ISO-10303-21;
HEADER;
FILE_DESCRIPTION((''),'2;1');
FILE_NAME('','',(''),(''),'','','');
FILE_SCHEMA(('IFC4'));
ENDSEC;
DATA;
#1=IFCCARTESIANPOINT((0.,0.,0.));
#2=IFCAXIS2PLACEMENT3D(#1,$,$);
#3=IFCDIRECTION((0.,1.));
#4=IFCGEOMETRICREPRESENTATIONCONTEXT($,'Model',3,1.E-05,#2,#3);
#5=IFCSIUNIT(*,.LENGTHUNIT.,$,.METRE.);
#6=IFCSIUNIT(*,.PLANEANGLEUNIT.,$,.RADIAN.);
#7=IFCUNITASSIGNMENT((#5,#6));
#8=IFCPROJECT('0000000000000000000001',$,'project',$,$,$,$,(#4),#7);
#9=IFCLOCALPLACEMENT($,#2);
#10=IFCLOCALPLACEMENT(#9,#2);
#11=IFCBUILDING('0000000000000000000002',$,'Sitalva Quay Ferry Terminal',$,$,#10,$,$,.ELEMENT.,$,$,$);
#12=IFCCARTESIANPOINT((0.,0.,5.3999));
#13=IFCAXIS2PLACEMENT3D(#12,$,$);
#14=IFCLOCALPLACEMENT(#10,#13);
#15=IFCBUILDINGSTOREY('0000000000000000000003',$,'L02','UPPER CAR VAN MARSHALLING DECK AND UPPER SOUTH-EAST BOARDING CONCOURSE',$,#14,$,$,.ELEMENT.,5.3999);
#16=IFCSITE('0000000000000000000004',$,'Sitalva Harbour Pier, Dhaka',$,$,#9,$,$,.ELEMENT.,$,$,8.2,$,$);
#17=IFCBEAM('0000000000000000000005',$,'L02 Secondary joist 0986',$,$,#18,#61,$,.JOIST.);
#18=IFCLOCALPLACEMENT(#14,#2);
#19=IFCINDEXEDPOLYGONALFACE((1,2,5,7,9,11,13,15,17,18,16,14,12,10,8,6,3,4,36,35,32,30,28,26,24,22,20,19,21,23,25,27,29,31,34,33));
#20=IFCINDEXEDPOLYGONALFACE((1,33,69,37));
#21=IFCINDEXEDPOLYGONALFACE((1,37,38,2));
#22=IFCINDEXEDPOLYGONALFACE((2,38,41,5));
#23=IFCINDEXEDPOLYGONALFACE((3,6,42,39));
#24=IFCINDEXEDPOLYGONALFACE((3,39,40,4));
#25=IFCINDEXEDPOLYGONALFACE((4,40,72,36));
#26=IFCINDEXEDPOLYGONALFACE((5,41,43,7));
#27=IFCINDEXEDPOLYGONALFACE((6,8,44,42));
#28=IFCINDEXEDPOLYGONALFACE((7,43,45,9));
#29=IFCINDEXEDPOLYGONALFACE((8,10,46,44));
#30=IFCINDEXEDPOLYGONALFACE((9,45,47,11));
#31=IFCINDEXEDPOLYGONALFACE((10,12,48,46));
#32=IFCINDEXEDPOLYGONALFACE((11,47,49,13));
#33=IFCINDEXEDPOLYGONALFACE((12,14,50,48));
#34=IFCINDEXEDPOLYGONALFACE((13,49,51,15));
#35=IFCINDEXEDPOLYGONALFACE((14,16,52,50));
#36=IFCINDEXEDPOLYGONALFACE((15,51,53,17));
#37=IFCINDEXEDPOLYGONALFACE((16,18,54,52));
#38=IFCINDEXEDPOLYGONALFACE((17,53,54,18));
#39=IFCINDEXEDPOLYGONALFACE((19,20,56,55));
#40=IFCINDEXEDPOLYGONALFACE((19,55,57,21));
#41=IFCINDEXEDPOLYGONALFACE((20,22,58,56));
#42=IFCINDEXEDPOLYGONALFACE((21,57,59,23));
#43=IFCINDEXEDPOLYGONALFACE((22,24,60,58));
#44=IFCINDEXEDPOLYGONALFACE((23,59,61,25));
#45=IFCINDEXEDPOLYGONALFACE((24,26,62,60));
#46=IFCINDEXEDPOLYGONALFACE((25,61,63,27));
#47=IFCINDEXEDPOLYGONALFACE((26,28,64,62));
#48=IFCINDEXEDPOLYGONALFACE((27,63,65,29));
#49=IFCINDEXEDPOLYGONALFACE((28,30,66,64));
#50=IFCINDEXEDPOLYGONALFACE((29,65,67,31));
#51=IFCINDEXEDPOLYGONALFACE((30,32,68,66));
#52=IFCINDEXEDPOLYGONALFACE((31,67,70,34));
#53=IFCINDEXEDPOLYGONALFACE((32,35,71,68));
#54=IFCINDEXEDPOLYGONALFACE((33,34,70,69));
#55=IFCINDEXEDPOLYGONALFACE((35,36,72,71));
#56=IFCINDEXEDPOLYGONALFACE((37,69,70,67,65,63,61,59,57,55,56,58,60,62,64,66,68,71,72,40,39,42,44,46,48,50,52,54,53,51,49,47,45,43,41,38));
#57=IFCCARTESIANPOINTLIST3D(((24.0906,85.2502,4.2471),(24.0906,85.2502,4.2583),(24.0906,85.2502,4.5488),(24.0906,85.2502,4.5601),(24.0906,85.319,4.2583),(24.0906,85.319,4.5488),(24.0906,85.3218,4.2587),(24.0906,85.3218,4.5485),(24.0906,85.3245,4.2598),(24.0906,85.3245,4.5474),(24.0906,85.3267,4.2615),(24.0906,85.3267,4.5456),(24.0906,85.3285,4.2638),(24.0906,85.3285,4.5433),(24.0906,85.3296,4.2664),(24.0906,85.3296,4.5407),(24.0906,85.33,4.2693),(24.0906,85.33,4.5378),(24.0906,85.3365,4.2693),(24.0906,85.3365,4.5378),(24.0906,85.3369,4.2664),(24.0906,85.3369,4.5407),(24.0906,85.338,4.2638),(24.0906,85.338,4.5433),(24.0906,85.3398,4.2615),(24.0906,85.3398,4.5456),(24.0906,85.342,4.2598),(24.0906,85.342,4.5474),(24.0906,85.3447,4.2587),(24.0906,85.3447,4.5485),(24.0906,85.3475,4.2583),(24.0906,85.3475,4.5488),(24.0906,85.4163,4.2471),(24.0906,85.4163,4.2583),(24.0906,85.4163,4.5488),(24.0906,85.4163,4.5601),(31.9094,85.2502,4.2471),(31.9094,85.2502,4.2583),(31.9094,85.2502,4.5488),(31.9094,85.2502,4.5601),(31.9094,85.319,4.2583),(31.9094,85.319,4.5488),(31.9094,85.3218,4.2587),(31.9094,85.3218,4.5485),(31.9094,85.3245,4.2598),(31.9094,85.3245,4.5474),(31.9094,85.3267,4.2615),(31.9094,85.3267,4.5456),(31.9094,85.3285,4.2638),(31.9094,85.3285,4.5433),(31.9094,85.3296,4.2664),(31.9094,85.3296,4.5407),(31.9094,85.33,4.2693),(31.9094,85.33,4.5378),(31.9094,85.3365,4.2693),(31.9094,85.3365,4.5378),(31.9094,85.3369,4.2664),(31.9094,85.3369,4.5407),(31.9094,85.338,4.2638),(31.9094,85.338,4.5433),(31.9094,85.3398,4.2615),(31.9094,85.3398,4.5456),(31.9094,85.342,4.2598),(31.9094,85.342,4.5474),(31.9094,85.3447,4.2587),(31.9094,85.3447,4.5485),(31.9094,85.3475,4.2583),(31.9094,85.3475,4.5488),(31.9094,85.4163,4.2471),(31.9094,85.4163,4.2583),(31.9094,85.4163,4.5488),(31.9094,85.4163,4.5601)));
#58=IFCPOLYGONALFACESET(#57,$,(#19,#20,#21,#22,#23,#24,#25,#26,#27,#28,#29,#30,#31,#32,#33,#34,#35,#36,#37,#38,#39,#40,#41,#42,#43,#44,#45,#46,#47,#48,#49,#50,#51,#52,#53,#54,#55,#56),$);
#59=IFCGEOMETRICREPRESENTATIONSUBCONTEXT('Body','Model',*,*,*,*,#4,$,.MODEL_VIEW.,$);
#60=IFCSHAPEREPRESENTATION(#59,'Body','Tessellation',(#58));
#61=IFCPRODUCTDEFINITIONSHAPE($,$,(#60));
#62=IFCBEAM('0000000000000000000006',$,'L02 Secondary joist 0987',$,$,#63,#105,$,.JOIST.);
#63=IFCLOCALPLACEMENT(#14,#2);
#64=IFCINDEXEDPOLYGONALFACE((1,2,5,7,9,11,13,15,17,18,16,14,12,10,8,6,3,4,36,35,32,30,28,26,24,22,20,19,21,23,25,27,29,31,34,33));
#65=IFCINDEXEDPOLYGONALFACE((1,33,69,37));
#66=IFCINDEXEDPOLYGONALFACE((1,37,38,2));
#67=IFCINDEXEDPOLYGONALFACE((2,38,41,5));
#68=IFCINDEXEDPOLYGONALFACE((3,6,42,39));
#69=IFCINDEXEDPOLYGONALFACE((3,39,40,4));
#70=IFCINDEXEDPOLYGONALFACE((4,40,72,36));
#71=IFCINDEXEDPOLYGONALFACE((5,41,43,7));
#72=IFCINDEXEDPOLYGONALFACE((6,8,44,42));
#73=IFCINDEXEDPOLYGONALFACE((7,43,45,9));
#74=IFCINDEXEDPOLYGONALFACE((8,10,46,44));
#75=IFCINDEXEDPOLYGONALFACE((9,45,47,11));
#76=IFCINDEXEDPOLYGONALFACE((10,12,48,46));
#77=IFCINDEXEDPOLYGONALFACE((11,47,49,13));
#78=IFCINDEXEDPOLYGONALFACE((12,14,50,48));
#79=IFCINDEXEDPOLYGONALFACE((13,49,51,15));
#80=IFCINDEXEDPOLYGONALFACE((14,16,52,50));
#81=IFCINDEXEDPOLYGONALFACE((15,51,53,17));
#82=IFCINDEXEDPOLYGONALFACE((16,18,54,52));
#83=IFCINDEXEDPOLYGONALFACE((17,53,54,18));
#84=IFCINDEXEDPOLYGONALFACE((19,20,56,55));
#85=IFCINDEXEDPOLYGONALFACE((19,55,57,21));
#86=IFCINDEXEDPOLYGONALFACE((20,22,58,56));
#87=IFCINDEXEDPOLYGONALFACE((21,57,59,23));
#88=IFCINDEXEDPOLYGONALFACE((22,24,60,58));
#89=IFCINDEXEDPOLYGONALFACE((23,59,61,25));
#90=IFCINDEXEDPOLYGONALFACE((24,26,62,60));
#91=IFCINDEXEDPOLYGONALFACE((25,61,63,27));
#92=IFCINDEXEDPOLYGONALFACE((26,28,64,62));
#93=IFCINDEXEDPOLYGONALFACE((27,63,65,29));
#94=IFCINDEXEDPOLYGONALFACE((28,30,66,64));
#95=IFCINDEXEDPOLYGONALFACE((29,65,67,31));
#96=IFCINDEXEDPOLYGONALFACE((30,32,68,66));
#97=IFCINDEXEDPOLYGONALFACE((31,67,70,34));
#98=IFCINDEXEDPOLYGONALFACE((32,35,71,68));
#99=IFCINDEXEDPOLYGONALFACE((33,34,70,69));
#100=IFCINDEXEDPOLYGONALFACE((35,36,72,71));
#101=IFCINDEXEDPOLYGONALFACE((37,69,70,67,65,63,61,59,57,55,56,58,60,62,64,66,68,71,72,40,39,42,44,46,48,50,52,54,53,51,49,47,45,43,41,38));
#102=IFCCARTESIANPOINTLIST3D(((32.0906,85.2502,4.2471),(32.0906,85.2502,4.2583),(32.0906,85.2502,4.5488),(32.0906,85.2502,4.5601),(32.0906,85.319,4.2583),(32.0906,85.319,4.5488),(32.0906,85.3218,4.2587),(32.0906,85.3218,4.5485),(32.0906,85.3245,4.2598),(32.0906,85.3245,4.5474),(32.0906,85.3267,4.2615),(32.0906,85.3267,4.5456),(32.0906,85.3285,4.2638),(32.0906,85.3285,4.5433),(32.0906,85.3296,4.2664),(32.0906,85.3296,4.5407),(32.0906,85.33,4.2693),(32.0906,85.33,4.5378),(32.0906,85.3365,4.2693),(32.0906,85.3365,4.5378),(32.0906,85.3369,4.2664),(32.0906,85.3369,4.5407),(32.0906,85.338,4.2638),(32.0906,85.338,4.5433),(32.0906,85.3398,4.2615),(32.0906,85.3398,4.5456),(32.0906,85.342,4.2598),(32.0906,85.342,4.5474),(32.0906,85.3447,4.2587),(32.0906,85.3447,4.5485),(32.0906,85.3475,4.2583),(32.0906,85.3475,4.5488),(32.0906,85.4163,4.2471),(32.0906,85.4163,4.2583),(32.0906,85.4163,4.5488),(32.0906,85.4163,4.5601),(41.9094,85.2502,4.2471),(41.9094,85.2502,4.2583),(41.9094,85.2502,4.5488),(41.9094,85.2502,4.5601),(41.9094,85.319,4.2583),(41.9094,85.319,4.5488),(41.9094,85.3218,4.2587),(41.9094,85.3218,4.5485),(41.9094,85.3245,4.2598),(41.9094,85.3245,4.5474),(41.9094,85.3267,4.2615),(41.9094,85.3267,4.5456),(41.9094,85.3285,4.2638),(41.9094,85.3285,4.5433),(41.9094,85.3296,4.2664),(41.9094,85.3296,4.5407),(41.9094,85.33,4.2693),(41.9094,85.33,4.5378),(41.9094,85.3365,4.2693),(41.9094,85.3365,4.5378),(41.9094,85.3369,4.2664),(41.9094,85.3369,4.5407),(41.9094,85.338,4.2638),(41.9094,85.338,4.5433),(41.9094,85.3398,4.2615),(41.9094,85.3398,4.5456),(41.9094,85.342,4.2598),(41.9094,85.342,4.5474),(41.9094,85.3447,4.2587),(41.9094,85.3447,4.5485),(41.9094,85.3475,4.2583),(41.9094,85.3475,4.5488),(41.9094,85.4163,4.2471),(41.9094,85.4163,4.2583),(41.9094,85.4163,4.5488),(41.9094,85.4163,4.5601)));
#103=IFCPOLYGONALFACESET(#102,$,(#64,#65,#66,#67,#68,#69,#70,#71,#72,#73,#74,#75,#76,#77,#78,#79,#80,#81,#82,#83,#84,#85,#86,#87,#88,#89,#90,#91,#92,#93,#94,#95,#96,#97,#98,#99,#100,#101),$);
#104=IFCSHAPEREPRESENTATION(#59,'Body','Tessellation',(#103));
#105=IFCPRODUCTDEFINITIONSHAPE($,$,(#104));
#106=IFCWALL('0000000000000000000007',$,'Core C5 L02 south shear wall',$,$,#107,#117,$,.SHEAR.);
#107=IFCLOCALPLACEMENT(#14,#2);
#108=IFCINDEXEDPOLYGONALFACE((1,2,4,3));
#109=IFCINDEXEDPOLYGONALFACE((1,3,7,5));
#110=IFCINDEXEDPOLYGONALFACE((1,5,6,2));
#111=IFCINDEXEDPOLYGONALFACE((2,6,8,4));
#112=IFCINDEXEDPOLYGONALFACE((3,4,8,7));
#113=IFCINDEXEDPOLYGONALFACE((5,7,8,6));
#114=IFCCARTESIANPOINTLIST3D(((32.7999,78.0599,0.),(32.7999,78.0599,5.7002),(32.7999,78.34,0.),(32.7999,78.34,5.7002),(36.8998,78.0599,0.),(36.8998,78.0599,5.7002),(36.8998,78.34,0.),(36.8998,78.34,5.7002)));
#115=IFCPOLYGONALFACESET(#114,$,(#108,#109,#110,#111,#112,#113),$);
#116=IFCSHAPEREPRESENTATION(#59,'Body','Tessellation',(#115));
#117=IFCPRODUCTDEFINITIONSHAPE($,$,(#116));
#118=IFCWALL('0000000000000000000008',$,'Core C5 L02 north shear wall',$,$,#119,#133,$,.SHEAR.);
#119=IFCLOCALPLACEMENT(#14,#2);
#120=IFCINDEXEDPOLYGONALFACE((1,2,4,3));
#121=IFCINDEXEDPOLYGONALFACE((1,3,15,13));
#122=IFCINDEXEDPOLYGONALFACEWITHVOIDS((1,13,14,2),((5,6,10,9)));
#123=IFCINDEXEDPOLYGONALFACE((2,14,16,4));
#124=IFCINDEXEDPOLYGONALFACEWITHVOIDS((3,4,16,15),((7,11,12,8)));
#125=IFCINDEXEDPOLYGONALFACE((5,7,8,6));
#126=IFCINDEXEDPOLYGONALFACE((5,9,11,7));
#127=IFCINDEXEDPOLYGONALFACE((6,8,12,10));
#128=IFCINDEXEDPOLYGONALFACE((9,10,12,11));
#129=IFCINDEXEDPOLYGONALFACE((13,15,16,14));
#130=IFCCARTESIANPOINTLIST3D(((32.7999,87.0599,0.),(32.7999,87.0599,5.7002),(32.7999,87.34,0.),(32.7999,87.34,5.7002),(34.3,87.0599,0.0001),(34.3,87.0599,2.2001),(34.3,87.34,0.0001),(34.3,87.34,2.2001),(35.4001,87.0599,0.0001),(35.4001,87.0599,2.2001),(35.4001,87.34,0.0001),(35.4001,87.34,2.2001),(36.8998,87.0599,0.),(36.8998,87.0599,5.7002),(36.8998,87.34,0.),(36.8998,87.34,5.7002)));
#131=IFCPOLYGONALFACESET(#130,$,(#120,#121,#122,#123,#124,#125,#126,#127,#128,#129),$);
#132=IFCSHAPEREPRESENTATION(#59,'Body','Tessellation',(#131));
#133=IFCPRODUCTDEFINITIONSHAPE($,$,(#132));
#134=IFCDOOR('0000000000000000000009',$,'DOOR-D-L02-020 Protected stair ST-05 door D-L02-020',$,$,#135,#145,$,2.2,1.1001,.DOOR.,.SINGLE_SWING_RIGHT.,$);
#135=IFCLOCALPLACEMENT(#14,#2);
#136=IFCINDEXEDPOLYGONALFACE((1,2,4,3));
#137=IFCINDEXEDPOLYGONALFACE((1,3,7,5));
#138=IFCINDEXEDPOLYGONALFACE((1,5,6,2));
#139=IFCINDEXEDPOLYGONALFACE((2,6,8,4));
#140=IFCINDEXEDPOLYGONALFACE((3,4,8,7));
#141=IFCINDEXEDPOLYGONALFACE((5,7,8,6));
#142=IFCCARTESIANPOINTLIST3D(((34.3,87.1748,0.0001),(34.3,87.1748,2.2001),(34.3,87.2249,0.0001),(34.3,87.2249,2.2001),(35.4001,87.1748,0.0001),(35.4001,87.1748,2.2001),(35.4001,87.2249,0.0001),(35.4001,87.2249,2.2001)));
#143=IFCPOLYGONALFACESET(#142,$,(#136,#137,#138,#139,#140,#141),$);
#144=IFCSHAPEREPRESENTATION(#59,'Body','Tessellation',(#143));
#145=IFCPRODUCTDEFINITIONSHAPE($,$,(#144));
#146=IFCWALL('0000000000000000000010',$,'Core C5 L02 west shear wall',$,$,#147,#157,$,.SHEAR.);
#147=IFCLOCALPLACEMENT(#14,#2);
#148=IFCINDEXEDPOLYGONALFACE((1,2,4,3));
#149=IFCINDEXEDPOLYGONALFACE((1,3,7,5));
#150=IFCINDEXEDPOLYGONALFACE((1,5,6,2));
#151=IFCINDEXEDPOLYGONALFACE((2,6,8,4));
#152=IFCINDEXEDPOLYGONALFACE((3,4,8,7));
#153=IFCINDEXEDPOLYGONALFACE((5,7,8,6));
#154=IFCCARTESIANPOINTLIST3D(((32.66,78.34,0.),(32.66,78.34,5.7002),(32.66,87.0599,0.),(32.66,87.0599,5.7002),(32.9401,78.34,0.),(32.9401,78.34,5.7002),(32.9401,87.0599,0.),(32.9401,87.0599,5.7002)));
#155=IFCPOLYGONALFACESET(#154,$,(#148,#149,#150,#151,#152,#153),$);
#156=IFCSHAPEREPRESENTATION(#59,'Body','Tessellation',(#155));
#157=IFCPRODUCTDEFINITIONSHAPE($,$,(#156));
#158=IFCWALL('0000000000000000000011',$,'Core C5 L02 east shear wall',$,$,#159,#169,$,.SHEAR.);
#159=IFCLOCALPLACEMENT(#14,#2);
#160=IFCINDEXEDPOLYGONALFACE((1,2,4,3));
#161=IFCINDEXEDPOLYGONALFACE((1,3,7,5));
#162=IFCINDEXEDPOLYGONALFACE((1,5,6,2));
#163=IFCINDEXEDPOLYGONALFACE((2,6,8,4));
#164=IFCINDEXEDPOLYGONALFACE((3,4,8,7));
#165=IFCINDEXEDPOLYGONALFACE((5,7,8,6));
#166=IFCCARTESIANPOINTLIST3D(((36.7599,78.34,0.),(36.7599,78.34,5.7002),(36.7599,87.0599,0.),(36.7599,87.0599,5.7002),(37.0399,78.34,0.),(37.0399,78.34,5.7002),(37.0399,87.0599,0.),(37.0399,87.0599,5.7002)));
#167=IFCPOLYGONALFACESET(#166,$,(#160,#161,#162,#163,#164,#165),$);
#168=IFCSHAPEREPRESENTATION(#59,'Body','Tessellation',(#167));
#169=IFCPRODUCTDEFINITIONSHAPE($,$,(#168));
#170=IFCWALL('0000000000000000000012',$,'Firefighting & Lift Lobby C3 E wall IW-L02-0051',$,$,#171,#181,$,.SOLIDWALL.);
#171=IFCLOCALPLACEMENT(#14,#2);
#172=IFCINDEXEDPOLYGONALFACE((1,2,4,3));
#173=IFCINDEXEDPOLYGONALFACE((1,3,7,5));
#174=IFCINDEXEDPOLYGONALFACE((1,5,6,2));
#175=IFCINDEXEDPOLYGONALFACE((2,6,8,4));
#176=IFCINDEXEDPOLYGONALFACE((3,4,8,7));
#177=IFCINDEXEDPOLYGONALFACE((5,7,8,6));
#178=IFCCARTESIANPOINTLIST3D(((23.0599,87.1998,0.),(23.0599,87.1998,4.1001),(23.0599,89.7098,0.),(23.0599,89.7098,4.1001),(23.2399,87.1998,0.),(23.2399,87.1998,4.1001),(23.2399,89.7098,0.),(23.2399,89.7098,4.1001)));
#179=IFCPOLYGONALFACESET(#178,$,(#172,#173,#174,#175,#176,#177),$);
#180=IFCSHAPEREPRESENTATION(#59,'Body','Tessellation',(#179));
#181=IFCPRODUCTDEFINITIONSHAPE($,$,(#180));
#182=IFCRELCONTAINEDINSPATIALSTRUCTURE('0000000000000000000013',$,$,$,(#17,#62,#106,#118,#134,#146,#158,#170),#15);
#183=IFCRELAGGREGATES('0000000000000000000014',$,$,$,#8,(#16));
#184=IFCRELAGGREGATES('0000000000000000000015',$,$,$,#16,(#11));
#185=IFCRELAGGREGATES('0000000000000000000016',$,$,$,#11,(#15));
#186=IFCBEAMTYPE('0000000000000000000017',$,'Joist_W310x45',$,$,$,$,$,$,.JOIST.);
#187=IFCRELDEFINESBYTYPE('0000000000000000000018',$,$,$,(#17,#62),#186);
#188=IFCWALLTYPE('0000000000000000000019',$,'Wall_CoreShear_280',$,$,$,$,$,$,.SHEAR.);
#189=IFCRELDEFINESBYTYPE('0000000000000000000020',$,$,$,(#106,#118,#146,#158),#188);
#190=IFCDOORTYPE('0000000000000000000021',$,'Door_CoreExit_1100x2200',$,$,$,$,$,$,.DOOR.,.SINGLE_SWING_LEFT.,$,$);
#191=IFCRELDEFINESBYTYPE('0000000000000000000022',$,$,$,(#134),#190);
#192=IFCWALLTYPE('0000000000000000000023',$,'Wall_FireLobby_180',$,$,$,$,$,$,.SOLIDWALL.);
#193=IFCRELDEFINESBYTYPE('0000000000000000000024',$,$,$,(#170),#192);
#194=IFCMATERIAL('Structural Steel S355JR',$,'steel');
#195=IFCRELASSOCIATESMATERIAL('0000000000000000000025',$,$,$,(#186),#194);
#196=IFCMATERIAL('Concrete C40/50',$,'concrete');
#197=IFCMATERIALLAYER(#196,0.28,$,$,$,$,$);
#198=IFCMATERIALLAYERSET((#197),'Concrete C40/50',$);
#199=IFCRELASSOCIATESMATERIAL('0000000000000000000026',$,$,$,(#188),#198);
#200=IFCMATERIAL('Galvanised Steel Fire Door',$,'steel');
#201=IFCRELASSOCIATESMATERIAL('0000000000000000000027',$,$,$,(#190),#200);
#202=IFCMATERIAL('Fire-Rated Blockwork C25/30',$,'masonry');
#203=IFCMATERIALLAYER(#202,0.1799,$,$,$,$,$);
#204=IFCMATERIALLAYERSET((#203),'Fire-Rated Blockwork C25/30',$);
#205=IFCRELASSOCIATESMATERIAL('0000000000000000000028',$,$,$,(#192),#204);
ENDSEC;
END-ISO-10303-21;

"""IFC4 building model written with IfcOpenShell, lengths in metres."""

from ifc_helpers import new_model, si_unit, direction, frame, frame_2d, origin, origin_2d, place, context, subcontext, project, spatial, rectangle, i_section, extrude, material, layer, layer_set, material_profile, profile_set, type_object, element, fill, save


model = new_model("IFC4")

# Units and contexts
model_context = context("Model", 3, precision=1e-05, world=origin(), true_north=direction((0.0, 1.0)))
body_context = subcontext(model_context, "Body", "Model", "MODEL_VIEW")
ifc_project = project(units=[si_unit("LENGTHUNIT", "METRE"), si_unit("PLANEANGLEUNIT", "RADIAN")], contexts=[model_context])

# Site, building, storey
site_placement = place(None, origin())
site = spatial("IfcSite", under=ifc_project, at=site_placement, Name="Sitalva Harbour Pier, Dhaka", CompositionType="ELEMENT", RefElevation=8.2)
building_placement = place(site_placement, origin())
building = spatial("IfcBuilding", under=site, at=building_placement, Name="Sitalva Quay Ferry Terminal", CompositionType="ELEMENT")
storey_placement = place(building_placement, frame((0.0, 0.0, 5.3999)))
storey = spatial("IfcBuildingStorey", under=building, at=storey_placement, Name="L02", Description="UPPER CAR VAN MARSHALLING DECK AND UPPER SOUTH-EAST BOARDING CONCOURSE", CompositionType="ELEMENT", Elevation=5.3999)

# Beams
ifc_material_1 = material(Name="Structural Steel S355JR", Category="steel")
ifc_material_profile_1 = material_profile(ifc_material_1, i_section(OverallWidth=0.166, OverallDepth=0.313, WebThickness=0.0066, FlangeThickness=0.0112, FilletRadius=0.011, at=origin_2d()), Name="W310x45")
ifc_profile_set_1 = profile_set([ifc_material_profile_1], Name="Structural Steel S355JR")
beam_type_1 = type_object("IfcBeamType", Name="Joist_W310x45", PredefinedType="JOIST", material=ifc_profile_set_1)
beam_1_placement = place(storey_placement, frame((24.0906, 85.3333, 4.4036), z_axis=(1.0, 0.0, 0.0), x_axis=(0.0, 1.0, 0.0)))
element("IfcBeam", 1, at=beam_1_placement, inside=storey, type_object=beam_type_1, Name="L02 Secondary joist 0986", PredefinedType="JOIST", context=body_context, shape_type="SweptSolid", body=[
    extrude(i_section(OverallWidth=0.166, OverallDepth=0.313, WebThickness=0.0066, FlangeThickness=0.0112, FilletRadius=0.011, at=origin_2d()), origin(), (0.0, 0.0, 1.0), 7.8188),
])
beam_2_placement = place(storey_placement, frame((32.0906, 85.3333, 4.4036), z_axis=(1.0, 0.0, 0.0), x_axis=(0.0, 1.0, 0.0)))
element("IfcBeam", 2, at=beam_2_placement, inside=storey, type_object=beam_type_1, Name="L02 Secondary joist 0987", PredefinedType="JOIST", context=body_context, shape_type="SweptSolid", body=[
    extrude(i_section(OverallWidth=0.166, OverallDepth=0.313, WebThickness=0.0066, FlangeThickness=0.0112, FilletRadius=0.011, at=origin_2d()), origin(), (0.0, 0.0, 1.0), 9.8188),
])

# Wall
ifc_material_2 = material(Name="Concrete C40/50", Category="concrete")
ifc_layer_1 = layer(ifc_material_2, 0.28)
ifc_layer_set_1 = layer_set([ifc_layer_1], Name="Concrete C40/50")
wall_type_1 = type_object("IfcWallType", Name="Wall_CoreShear_280", PredefinedType="SHEAR", material=ifc_layer_set_1)
wall_1_placement = place(storey_placement, frame((32.8, 78.2, 0.0), z_axis=(0.0, 0.0, 1.0), x_axis=(1.0, 0.0, 0.0)))
element("IfcWall", 3, at=wall_1_placement, inside=storey, type_object=wall_type_1, Name="Core C5 L02 south shear wall", PredefinedType="SHEAR", context=body_context, shape_type="SweptSolid", body=[
    extrude(rectangle(XDim=4.0999, YDim=0.28, at=frame_2d((2.0498, 0.0))), origin(), (0.0, 0.0, 1.0), 5.7002),
])

# Wall, opening, door
wall_2_placement = place(storey_placement, frame((32.8, 87.2, 0.0), z_axis=(0.0, 0.0, 1.0), x_axis=(1.0, 0.0, 0.0)))
wall_2 = element("IfcWall", 4, at=wall_2_placement, inside=storey, type_object=wall_type_1, Name="Core C5 L02 north shear wall", PredefinedType="SHEAR", context=body_context, shape_type="SweptSolid", body=[
    extrude(rectangle(XDim=4.0999, YDim=0.28, at=frame_2d((2.0498, 0.0))), origin(), (0.0, 0.0, 1.0), 5.7002),
])
opening_1_placement = place(wall_2_placement, frame((1.5, 0.0, 0.0)))
opening_1 = element("IfcOpeningElement", 5, at=opening_1_placement, cuts=wall_2, PredefinedType="OPENING", context=body_context, shape_type="SweptSolid", body=[
    extrude(rectangle(XDim=1.1001, YDim=2.2, at=frame_2d((0.55, 1.1001))), frame((0.0, 0.1499, 0.0), z_axis=(0.0, -1.0, 0.0), x_axis=(1.0, 0.0, 0.0)), (0.0, 0.0, 1.0), 0.3),
])
ifc_material_3 = material(Name="Galvanised Steel Fire Door", Category="steel")
door_type_1 = type_object("IfcDoorType", Name="Door_CoreExit_1100x2200", OperationType="SINGLE_SWING_LEFT", PredefinedType="DOOR", material=ifc_material_3)
door_1_placement = place(opening_1_placement, origin())
door_1 = element("IfcDoor", 6, at=door_1_placement, inside=storey, type_object=door_type_1, Name="DOOR-D-L02-020 Protected stair ST-05 door D-L02-020", OperationType="SINGLE_SWING_RIGHT", OverallHeight=2.2, OverallWidth=1.1001, PredefinedType="DOOR", context=body_context, shape_type="SweptSolid", body=[
    extrude(rectangle(XDim=1.1001, YDim=2.2, at=frame_2d((0.55, 1.1001))), frame((0.0, 0.0249, 0.0), z_axis=(0.0, -1.0, 0.0), x_axis=(1.0, 0.0, 0.0)), (0.0, 0.0, 1.0), 0.05),
])
fill(opening_1, door_1)

# Walls
for number, where, z_axis, x_axis, name in (
    (7, (32.8, 78.3401, 0.0), (0.0, 0.0, 1.0), (0.0, 1.0, 0.0), "Core C5 L02 west shear wall"),
    (8, (36.8999, 78.3401, 0.0), (0.0, 0.0, 1.0), (0.0, 1.0, 0.0), "Core C5 L02 east shear wall"),
):
    element("IfcWall", number, at=place(storey_placement, frame(where, z_axis=z_axis, x_axis=x_axis)), inside=storey, type_object=wall_type_1, Name=name, PredefinedType="SHEAR", context=body_context, shape_type="SweptSolid", body=[
        extrude(rectangle(XDim=8.72, YDim=0.28, at=frame_2d((4.3599, 0.0))), origin(), (0.0, 0.0, 1.0), 5.7002),
    ])
ifc_material_4 = material(Name="Fire-Rated Blockwork C25/30", Category="masonry")
ifc_layer_2 = layer(ifc_material_4, 0.1799)
ifc_layer_set_2 = layer_set([ifc_layer_2], Name="Fire-Rated Blockwork C25/30")
wall_type_2 = type_object("IfcWallType", Name="Wall_FireLobby_180", PredefinedType="SOLIDWALL", material=ifc_layer_set_2)
wall_3_placement = place(storey_placement, frame((23.1499, 87.2, 0.0), z_axis=(0.0, 0.0, 1.0), x_axis=(0.0, 1.0, 0.0)))
element("IfcWall", 9, at=wall_3_placement, inside=storey, type_object=wall_type_2, Name="Firefighting & Lift Lobby C3 E wall IW-L02-0051", PredefinedType="SOLIDWALL", context=body_context, shape_type="SweptSolid", body=[
    extrude(rectangle(XDim=2.51, YDim=0.1799, at=frame_2d((1.2549, 0.0))), origin(), (0.0, 0.0, 1.0), 4.1001),
])

save(model, "model.ifc")
